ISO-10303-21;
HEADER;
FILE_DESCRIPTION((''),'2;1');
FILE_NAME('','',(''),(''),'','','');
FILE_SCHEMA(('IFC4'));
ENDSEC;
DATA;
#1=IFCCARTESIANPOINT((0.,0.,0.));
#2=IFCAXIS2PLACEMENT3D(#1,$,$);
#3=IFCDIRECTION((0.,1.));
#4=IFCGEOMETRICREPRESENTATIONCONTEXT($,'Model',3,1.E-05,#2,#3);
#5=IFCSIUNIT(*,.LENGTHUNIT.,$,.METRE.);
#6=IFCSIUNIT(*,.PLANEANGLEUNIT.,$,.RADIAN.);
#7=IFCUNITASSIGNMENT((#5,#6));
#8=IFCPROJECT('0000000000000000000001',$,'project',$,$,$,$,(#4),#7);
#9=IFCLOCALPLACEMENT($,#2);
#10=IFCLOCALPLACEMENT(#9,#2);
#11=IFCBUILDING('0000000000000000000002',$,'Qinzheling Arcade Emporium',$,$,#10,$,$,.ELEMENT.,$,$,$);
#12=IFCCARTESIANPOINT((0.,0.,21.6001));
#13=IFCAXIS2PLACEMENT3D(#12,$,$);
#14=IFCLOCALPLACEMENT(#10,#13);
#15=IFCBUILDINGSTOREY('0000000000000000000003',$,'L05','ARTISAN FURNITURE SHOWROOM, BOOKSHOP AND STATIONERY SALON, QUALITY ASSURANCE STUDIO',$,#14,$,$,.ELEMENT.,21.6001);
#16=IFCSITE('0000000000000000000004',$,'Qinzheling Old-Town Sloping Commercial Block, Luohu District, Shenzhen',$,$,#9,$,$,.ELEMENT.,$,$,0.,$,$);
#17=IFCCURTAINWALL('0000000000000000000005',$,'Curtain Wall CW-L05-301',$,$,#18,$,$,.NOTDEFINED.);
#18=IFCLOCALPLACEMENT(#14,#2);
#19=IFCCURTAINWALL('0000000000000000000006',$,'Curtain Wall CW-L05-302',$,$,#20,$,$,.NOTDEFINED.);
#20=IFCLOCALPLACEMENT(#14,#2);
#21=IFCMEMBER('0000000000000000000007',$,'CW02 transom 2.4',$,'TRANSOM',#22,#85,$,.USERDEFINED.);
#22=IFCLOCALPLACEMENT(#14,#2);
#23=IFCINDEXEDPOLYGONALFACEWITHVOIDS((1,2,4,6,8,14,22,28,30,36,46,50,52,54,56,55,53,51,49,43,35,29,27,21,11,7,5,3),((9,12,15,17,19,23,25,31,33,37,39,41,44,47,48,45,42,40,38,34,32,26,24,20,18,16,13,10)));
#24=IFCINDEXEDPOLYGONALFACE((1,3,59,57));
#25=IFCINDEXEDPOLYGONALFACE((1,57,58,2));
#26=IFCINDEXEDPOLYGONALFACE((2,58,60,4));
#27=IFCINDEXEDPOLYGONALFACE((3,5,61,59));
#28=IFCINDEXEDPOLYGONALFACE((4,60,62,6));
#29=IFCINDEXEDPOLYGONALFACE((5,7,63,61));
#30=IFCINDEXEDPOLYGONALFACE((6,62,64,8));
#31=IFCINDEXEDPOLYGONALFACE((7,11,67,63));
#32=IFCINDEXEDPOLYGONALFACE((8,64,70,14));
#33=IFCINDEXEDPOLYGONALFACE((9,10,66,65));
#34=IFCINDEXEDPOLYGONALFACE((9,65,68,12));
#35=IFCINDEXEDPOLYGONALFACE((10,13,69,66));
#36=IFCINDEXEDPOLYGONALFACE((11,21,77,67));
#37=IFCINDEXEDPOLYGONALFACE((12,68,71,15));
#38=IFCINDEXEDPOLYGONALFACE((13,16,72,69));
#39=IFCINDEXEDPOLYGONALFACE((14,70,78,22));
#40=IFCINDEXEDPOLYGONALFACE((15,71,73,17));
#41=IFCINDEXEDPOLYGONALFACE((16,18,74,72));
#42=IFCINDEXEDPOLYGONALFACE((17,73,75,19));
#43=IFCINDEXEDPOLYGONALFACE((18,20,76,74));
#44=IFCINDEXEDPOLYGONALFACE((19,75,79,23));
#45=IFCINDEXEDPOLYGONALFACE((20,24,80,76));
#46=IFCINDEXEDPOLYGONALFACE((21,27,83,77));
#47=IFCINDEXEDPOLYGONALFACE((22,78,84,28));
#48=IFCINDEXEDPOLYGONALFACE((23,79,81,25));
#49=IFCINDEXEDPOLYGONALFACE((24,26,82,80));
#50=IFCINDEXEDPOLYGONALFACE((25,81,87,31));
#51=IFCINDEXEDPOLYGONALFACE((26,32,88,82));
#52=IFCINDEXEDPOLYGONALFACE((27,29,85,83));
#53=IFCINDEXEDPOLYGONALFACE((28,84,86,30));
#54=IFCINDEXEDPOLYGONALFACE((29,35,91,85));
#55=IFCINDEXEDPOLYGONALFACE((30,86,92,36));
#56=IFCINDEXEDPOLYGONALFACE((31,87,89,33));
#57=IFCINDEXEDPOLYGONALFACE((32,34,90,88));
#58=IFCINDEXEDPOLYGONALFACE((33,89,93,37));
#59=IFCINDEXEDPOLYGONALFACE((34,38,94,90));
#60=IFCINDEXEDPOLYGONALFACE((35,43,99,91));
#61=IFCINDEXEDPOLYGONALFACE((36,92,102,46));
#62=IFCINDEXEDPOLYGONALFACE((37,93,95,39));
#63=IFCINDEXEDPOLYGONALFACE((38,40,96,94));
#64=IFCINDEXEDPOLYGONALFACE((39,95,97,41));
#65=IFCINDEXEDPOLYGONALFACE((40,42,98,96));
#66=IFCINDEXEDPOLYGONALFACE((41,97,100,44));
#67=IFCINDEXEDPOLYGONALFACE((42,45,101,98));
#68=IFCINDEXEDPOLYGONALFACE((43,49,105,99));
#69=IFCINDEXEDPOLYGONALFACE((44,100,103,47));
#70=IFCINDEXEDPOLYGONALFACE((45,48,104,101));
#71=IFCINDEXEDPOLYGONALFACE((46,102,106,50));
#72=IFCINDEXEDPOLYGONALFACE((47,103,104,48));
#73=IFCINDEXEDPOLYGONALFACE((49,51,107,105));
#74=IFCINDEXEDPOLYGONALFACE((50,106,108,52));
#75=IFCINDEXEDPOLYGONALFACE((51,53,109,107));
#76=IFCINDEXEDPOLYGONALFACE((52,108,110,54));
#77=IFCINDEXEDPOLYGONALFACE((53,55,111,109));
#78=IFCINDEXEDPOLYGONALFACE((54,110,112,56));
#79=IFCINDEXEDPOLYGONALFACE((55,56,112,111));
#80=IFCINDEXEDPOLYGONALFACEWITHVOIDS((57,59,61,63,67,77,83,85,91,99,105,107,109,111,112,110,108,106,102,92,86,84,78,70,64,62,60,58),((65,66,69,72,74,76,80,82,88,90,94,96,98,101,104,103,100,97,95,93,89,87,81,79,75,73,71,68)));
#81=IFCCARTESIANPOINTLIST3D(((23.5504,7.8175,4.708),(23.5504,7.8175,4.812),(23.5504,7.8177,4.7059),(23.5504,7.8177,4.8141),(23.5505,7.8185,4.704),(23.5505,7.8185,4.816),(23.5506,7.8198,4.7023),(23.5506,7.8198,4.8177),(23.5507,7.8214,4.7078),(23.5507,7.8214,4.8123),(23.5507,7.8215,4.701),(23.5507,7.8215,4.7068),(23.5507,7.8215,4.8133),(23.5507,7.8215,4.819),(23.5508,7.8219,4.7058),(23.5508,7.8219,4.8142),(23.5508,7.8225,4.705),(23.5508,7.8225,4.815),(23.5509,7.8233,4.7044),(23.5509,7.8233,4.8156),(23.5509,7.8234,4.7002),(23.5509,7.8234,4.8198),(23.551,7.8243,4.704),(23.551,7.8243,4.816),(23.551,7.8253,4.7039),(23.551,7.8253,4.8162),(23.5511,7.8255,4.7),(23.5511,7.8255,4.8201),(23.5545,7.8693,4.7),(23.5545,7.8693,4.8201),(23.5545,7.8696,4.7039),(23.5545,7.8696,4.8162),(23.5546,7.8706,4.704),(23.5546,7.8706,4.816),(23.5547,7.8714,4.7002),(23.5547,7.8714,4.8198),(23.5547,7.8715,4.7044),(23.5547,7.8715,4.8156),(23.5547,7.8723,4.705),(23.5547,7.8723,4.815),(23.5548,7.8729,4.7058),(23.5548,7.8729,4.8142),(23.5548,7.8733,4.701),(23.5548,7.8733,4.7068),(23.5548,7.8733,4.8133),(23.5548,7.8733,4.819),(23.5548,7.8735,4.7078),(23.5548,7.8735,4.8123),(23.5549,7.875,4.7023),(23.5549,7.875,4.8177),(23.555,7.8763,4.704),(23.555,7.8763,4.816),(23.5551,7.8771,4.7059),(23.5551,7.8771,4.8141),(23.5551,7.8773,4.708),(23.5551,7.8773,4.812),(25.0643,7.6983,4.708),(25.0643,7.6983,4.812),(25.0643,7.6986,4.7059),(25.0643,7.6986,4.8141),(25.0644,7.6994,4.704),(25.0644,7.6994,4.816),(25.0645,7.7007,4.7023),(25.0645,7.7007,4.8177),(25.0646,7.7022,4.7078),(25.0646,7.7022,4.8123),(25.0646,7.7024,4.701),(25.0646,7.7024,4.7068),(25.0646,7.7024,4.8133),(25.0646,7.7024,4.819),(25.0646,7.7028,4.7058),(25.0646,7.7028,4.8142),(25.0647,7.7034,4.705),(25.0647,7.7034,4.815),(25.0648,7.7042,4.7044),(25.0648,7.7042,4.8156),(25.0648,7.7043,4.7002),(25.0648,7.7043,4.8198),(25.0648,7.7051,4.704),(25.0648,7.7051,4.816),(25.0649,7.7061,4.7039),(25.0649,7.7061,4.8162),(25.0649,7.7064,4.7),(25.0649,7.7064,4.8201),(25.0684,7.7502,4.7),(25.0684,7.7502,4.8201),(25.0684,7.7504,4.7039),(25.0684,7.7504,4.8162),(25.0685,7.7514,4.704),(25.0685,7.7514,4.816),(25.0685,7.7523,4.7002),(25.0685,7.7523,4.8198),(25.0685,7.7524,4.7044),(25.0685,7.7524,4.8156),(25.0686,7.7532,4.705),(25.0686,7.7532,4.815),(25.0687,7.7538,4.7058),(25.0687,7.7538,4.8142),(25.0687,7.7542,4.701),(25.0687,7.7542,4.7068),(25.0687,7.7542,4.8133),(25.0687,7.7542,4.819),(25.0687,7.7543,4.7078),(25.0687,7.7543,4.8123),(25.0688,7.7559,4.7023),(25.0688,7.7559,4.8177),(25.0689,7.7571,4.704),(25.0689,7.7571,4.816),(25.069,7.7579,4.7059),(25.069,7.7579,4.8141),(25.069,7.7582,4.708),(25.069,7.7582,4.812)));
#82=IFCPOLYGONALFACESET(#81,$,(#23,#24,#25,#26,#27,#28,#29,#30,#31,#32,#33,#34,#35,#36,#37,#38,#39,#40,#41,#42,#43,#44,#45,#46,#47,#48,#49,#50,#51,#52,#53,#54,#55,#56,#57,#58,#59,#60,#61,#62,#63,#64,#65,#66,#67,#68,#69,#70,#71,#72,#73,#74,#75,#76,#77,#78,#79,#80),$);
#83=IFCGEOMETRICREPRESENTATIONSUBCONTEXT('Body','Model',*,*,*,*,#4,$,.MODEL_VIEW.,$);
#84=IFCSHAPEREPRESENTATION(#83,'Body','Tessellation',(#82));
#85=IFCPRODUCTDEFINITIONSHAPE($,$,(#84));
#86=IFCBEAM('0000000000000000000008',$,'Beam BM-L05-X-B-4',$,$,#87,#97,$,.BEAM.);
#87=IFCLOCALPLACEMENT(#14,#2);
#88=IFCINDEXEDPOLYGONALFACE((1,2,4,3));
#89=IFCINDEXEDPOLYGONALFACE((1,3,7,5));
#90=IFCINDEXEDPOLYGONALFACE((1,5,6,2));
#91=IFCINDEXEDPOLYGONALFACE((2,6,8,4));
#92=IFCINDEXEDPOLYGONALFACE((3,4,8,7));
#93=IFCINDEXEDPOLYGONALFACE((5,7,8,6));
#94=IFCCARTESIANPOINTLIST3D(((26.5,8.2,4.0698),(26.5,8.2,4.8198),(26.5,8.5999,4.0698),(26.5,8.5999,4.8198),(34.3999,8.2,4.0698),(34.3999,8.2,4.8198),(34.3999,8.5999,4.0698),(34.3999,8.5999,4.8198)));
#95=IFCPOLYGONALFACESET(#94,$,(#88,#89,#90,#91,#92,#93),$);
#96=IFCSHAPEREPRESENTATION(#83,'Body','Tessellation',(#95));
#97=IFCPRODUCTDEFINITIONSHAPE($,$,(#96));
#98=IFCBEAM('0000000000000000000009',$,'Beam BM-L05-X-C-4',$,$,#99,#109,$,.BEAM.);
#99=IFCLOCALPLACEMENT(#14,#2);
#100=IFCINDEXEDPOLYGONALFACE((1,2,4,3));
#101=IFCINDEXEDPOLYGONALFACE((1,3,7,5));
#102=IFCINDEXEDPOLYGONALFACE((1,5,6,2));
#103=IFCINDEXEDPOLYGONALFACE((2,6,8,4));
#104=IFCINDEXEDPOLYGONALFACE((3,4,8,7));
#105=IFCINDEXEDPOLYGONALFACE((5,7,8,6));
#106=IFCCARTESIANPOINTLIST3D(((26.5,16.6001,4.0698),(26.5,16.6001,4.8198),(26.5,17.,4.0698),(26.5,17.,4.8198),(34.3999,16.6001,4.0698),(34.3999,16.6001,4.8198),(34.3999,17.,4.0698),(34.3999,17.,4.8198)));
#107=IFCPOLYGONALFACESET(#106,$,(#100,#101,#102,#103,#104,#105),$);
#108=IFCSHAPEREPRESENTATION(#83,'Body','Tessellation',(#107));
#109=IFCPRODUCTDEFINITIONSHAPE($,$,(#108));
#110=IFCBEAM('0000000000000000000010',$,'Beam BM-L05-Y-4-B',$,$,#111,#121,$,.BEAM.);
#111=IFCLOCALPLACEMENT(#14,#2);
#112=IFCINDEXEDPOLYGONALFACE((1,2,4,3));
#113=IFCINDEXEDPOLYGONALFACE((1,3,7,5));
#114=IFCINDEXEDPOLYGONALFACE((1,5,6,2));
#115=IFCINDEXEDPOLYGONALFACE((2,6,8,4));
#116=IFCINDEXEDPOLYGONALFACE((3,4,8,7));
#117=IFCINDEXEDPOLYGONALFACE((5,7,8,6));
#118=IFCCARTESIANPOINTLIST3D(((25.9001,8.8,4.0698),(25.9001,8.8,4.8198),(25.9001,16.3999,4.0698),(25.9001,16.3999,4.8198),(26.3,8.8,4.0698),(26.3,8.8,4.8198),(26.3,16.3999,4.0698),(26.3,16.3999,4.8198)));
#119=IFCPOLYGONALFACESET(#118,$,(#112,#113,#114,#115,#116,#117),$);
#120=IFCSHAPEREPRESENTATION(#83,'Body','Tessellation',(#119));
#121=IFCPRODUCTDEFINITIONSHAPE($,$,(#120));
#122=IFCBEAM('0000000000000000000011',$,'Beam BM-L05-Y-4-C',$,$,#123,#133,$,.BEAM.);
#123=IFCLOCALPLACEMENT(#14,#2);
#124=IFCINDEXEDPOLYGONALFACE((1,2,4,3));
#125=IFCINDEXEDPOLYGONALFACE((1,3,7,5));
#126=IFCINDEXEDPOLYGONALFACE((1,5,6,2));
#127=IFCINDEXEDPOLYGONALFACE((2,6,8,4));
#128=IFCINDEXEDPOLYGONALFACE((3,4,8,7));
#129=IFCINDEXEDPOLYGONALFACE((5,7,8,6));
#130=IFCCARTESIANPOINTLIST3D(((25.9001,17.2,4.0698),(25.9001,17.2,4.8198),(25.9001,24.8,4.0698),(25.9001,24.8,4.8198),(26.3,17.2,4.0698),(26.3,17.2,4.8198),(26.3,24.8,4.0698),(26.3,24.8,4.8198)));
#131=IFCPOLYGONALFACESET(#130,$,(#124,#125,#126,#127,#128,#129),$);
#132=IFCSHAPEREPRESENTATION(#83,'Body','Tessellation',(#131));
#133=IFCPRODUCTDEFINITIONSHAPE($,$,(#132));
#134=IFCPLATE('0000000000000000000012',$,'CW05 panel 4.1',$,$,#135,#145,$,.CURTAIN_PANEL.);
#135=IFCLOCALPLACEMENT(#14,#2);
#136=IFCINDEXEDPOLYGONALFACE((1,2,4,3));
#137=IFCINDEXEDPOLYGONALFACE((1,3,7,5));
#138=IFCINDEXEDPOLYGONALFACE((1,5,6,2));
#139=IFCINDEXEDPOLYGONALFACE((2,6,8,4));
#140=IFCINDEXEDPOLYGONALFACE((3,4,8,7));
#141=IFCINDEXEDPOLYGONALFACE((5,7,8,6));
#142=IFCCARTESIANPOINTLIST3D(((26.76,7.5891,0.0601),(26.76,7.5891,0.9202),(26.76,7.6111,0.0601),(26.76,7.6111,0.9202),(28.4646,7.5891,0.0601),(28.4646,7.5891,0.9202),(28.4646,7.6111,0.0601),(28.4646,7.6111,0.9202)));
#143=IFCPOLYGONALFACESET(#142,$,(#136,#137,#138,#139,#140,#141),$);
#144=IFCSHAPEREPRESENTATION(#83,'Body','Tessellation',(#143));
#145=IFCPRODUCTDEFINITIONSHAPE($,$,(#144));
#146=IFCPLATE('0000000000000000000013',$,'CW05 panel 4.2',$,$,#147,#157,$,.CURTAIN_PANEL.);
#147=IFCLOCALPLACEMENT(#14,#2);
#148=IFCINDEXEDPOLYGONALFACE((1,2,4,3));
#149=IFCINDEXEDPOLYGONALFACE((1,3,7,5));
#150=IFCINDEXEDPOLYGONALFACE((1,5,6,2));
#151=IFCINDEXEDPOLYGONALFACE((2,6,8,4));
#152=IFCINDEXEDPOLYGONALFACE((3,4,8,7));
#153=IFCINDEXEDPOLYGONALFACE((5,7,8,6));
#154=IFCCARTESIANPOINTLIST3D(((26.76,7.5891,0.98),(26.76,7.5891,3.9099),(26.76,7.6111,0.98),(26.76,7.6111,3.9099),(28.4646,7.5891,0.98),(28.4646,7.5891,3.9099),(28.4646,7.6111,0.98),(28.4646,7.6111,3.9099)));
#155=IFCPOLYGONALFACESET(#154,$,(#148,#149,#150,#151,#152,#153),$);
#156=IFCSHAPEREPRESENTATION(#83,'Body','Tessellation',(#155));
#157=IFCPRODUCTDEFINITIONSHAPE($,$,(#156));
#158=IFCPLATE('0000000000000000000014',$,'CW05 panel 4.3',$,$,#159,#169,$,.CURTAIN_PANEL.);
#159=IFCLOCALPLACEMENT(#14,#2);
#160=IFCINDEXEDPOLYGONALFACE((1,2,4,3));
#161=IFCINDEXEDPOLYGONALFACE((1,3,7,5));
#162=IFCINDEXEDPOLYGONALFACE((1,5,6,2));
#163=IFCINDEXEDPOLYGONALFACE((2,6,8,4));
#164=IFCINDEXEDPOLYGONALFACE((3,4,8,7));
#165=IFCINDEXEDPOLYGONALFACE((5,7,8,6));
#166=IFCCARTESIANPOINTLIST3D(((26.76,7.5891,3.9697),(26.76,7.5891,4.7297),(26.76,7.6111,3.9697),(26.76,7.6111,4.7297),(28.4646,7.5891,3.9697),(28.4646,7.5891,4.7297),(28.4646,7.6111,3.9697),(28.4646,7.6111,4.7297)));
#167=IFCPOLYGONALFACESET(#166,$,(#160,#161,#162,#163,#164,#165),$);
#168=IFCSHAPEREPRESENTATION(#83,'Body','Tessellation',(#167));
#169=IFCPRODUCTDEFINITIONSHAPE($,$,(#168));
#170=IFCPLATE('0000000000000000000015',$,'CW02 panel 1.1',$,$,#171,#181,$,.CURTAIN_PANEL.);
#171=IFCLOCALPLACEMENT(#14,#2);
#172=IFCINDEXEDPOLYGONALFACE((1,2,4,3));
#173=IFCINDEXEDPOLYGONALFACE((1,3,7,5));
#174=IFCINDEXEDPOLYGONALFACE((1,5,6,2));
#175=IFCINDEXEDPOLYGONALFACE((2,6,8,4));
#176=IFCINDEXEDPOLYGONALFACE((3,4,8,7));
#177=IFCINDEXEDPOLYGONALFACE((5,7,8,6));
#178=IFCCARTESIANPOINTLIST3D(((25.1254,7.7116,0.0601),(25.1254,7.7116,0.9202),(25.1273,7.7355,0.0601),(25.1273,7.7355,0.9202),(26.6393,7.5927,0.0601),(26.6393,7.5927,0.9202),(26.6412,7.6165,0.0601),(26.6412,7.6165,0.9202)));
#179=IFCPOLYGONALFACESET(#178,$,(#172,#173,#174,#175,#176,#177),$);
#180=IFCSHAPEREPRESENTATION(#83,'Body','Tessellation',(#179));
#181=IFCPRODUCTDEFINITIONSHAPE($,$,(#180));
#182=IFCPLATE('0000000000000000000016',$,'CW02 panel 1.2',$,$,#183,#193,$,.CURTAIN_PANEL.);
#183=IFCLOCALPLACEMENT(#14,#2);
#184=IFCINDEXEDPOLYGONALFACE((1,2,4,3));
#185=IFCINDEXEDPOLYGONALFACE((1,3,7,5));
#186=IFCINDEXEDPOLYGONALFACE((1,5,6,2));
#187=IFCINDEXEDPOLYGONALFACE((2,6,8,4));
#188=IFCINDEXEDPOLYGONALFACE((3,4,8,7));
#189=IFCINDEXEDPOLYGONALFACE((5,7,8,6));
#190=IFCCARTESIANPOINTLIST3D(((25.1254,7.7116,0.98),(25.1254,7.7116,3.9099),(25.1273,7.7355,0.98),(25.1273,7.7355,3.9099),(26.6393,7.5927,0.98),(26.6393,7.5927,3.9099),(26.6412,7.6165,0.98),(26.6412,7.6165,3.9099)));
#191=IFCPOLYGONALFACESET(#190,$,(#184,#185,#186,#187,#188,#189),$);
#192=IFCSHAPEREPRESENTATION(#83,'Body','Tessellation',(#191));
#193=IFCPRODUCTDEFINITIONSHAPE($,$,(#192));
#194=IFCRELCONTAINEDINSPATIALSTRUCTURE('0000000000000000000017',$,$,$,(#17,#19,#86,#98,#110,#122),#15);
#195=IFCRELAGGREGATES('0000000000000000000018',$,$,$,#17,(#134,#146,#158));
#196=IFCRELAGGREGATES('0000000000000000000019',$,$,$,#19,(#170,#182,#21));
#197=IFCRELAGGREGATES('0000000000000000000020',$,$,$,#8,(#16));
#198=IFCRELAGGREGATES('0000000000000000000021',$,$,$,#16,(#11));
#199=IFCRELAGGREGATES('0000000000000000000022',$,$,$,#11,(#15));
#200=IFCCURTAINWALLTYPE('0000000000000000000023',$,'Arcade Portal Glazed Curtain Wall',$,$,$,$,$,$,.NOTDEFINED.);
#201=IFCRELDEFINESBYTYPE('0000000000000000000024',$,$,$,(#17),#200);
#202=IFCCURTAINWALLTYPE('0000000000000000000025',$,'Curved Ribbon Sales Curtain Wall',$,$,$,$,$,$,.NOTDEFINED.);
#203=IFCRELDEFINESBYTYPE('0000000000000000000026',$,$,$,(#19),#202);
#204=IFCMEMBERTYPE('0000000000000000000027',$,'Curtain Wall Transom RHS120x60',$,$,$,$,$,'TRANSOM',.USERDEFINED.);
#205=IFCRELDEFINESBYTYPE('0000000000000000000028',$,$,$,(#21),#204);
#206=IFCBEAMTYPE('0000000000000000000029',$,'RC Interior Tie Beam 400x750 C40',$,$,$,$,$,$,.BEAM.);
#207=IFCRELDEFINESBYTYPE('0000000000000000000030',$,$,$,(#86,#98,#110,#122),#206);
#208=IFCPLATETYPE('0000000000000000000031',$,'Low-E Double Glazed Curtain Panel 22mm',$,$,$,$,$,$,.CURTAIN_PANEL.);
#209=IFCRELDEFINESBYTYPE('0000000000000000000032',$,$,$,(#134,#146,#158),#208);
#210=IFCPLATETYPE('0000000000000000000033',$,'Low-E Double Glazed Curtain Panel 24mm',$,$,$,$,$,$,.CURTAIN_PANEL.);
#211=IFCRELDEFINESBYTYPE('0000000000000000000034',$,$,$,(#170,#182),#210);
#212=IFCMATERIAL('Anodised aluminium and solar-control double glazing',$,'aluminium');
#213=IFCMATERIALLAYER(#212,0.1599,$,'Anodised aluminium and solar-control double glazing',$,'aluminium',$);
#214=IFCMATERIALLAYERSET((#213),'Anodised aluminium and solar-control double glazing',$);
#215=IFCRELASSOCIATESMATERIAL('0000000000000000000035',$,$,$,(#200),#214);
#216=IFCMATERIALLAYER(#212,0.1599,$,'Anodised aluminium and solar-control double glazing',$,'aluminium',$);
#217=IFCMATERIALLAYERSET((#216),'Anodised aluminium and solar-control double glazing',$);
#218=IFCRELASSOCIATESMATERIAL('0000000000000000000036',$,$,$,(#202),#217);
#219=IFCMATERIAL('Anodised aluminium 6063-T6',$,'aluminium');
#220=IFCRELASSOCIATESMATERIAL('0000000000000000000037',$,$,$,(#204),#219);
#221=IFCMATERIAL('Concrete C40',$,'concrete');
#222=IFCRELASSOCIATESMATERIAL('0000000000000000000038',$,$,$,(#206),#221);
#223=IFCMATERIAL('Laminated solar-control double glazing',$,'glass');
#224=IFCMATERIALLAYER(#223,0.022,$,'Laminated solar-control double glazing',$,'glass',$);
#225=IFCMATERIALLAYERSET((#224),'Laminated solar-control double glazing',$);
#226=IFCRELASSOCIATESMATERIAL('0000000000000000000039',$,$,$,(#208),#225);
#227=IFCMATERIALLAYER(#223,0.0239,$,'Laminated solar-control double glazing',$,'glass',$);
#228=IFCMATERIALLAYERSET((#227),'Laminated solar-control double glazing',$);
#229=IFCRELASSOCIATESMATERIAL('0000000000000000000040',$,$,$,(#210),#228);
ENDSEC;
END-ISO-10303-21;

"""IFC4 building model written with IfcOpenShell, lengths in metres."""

from ifc_helpers import new_model, si_unit, direction, frame, origin, origin_2d, place, context, subcontext, project, spatial, rectangle, hollow_rectangle, extrude, material, layer, layer_set, material_profile, profile_set, type_object, element, aggregate, save


model = new_model("IFC4")

# Units and contexts
model_context = context("Model", 3, precision=1e-05, world=origin(), true_north=direction((0.0, 1.0)))
body_context = subcontext(model_context, "Body", "Model", "MODEL_VIEW")
ifc_project = project(units=[si_unit("LENGTHUNIT", "METRE"), si_unit("PLANEANGLEUNIT", "RADIAN")], contexts=[model_context])

# Site, building, storey
site_placement = place(None, origin())
site = spatial("IfcSite", under=ifc_project, at=site_placement, Name="Qinzheling Old-Town Sloping Commercial Block, Luohu District, Shenzhen", CompositionType="ELEMENT", RefElevation=0.0)
building_placement = place(site_placement, origin())
building = spatial("IfcBuilding", under=site, at=building_placement, Name="Qinzheling Arcade Emporium", CompositionType="ELEMENT")
storey_placement = place(building_placement, frame((0.0, 0.0, 21.6001)))
storey = spatial("IfcBuildingStorey", under=building, at=storey_placement, Name="L05", Description="ARTISAN FURNITURE SHOWROOM, BOOKSHOP AND STATIONERY SALON, QUALITY ASSURANCE STUDIO", CompositionType="ELEMENT", Elevation=21.6001)

# Shared definitions
ifc_material_1 = material(Name="Concrete C40", Category="concrete")

# Curtain wall
ifc_material_2 = material(Name="Anodised aluminium and solar-control double glazing", Category="aluminium")
ifc_layer_1 = layer(ifc_material_2, 0.1599, Name="Anodised aluminium and solar-control double glazing", Category="aluminium")
ifc_layer_set_1 = layer_set([ifc_layer_1], Name="Anodised aluminium and solar-control double glazing")
curtain_wall_type_1 = type_object("IfcCurtainWallType", Name="Arcade Portal Glazed Curtain Wall", PredefinedType="NOTDEFINED", material=ifc_layer_set_1)
curtain_wall_1_placement = place(storey_placement, origin())
curtain_wall_1 = element("IfcCurtainWall", 1, at=curtain_wall_1_placement, inside=storey, type_object=curtain_wall_type_1, Name="Curtain Wall CW-L05-301", PredefinedType="NOTDEFINED")
ifc_material_3 = material(Name="Anodised aluminium 6063-T6", Category="aluminium")

# Curtain wall
ifc_layer_2 = layer(ifc_material_2, 0.1599, Name="Anodised aluminium and solar-control double glazing", Category="aluminium")
ifc_layer_set_2 = layer_set([ifc_layer_2], Name="Anodised aluminium and solar-control double glazing")
curtain_wall_type_2 = type_object("IfcCurtainWallType", Name="Curved Ribbon Sales Curtain Wall", PredefinedType="NOTDEFINED", material=ifc_layer_set_2)
curtain_wall_2_placement = place(storey_placement, origin())
curtain_wall_2 = element("IfcCurtainWall", 2, at=curtain_wall_2_placement, inside=storey, type_object=curtain_wall_type_2, Name="Curtain Wall CW-L05-302", PredefinedType="NOTDEFINED")

# Member
ifc_material_profile_1 = material_profile(ifc_material_3, hollow_rectangle(XDim=0.0601, YDim=0.1201, WallThickness=0.0039, InnerFilletRadius=0.0039, OuterFilletRadius=0.0081, at=origin_2d()), Name="RHS 120x60x4", Category="aluminium")
ifc_profile_set_1 = profile_set([ifc_material_profile_1], Name="Anodised aluminium 6063-T6")
member_type_1 = type_object("IfcMemberType", Name="Curtain Wall Transom RHS120x60", ElementType="TRANSOM", PredefinedType="USERDEFINED", material=ifc_profile_set_1)
member_1_placement = place(storey_placement, frame((25.0667, 7.7283, 4.76), z_axis=(-0.996918, 0.078454, 0.0), x_axis=(-0.078454, -0.996918, 0.0)))
member_1 = element("IfcMember", 3, at=member_1_placement, type_object=member_type_1, Name="CW02 transom 2.4", ObjectType="TRANSOM", PredefinedType="USERDEFINED", context=body_context, shape_type="SweptSolid", body=[
    extrude(hollow_rectangle(XDim=0.0601, YDim=0.1201, WallThickness=0.0039, InnerFilletRadius=0.0039, OuterFilletRadius=0.0081, at=origin_2d()), origin(), (0.0, 0.0, 1.0), 1.5186),
])

# Beams
ifc_material_profile_2 = material_profile(ifc_material_1, rectangle(XDim=0.3999, YDim=0.75, at=origin_2d()), Name="RC 400x750", Category="concrete")
ifc_profile_set_2 = profile_set([ifc_material_profile_2], Name="Concrete C40")
beam_type = type_object("IfcBeamType", Name="RC Interior Tie Beam 400x750 C40", PredefinedType="BEAM", material=ifc_profile_set_2)
for number, where, z_axis, x_axis, name in (
    (4, (26.5, 8.3999, 4.4448), (1.0, 0.0, 0.0), (0.0, 1.0, 0.0), "Beam BM-L05-X-B-4"),
    (5, (26.5, 16.8, 4.4448), (1.0, 0.0, 0.0), (0.0, 1.0, 0.0), "Beam BM-L05-X-C-4"),
):
    element("IfcBeam", number, at=place(storey_placement, frame(where, z_axis=z_axis, x_axis=x_axis)), inside=storey, type_object=beam_type, Name=name, PredefinedType="BEAM", context=body_context, shape_type="SweptSolid", body=[
        extrude(rectangle(XDim=0.3999, YDim=0.75, at=origin_2d()), origin(), (0.0, 0.0, 1.0), 7.8999),
    ])
beam_1_placement = place(storey_placement, frame((26.1001, 8.8, 4.4448), z_axis=(0.0, 1.0, 0.0), x_axis=(-1.0, 0.0, 0.0)))
element("IfcBeam", 6, at=beam_1_placement, inside=storey, type_object=beam_type, Name="Beam BM-L05-Y-4-B", PredefinedType="BEAM", context=body_context, shape_type="SweptSolid", body=[
    extrude(rectangle(XDim=0.3999, YDim=0.75, at=origin_2d()), origin(), (0.0, 0.0, 1.0), 7.5999),
])
beam_2_placement = place(storey_placement, frame((26.1001, 17.2, 4.4448), z_axis=(0.0, 1.0, 0.0), x_axis=(-1.0, 0.0, 0.0)))
element("IfcBeam", 7, at=beam_2_placement, inside=storey, type_object=beam_type, Name="Beam BM-L05-Y-4-C", PredefinedType="BEAM", context=body_context, shape_type="SweptSolid", body=[
    extrude(rectangle(XDim=0.3999, YDim=0.75, at=origin_2d()), origin(), (0.0, 0.0, 1.0), 7.6001),
])

# Plates
ifc_material_4 = material(Name="Laminated solar-control double glazing", Category="glass")
ifc_layer_3 = layer(ifc_material_4, 0.022, Name="Laminated solar-control double glazing", Category="glass")
ifc_layer_set_3 = layer_set([ifc_layer_3], Name="Laminated solar-control double glazing")
plate_type_1 = type_object("IfcPlateType", Name="Low-E Double Glazed Curtain Panel 22mm", PredefinedType="CURTAIN_PANEL", material=ifc_layer_set_3)
plate_1_placement = place(storey_placement, frame((27.6123, 7.6001, 0.0601), z_axis=(0.0, 0.0, 1.0), x_axis=(-1.0, 0.0, 0.0)))
plate_1 = element("IfcPlate", 8, at=plate_1_placement, type_object=plate_type_1, Name="CW05 panel 4.1", PredefinedType="CURTAIN_PANEL", context=body_context, shape_type="SweptSolid", body=[
    extrude(rectangle(XDim=1.7046, YDim=0.022, at=origin_2d()), origin(), (0.0, 0.0, 1.0), 0.8601),
])
plate_2_placement = place(storey_placement, frame((27.6123, 7.6001, 0.98), z_axis=(0.0, 0.0, 1.0), x_axis=(-1.0, 0.0, 0.0)))
plate_2 = element("IfcPlate", 9, at=plate_2_placement, type_object=plate_type_1, Name="CW05 panel 4.2", PredefinedType="CURTAIN_PANEL", context=body_context, shape_type="SweptSolid", body=[
    extrude(rectangle(XDim=1.7046, YDim=0.022, at=origin_2d()), origin(), (0.0, 0.0, 1.0), 2.9299),
])
plate_3_placement = place(storey_placement, frame((27.6123, 7.6001, 3.9697), z_axis=(0.0, 0.0, 1.0), x_axis=(-1.0, 0.0, 0.0)))
plate_3 = element("IfcPlate", 10, at=plate_3_placement, type_object=plate_type_1, Name="CW05 panel 4.3", PredefinedType="CURTAIN_PANEL", context=body_context, shape_type="SweptSolid", body=[
    extrude(rectangle(XDim=1.7046, YDim=0.022, at=origin_2d()), origin(), (0.0, 0.0, 1.0), 0.76),
])
aggregate(curtain_wall_1, [plate_1, plate_2, plate_3])
ifc_layer_4 = layer(ifc_material_4, 0.0239, Name="Laminated solar-control double glazing", Category="glass")
ifc_layer_set_4 = layer_set([ifc_layer_4], Name="Laminated solar-control double glazing")
plate_type_2 = type_object("IfcPlateType", Name="Low-E Double Glazed Curtain Panel 24mm", PredefinedType="CURTAIN_PANEL", material=ifc_layer_set_4)
plate_4_placement = place(storey_placement, frame((25.8833, 7.6641, 0.0601), z_axis=(0.0, 0.0, 1.0), x_axis=(-0.996927, 0.078337, 0.0)))
plate_4 = element("IfcPlate", 11, at=plate_4_placement, type_object=plate_type_2, Name="CW02 panel 1.1", PredefinedType="CURTAIN_PANEL", context=body_context, shape_type="SweptSolid", body=[
    extrude(rectangle(XDim=1.5186, YDim=0.0239, at=origin_2d()), origin(), (0.0, 0.0, 1.0), 0.8601),
])
plate_5_placement = place(storey_placement, frame((25.8833, 7.6641, 0.98), z_axis=(0.0, 0.0, 1.0), x_axis=(-0.996927, 0.078337, 0.0)))
plate_5 = element("IfcPlate", 12, at=plate_5_placement, type_object=plate_type_2, Name="CW02 panel 1.2", PredefinedType="CURTAIN_PANEL", context=body_context, shape_type="SweptSolid", body=[
    extrude(rectangle(XDim=1.5186, YDim=0.0239, at=origin_2d()), origin(), (0.0, 0.0, 1.0), 2.9299),
])
aggregate(curtain_wall_2, [plate_4, plate_5, member_1])

save(model, "model.ifc")
